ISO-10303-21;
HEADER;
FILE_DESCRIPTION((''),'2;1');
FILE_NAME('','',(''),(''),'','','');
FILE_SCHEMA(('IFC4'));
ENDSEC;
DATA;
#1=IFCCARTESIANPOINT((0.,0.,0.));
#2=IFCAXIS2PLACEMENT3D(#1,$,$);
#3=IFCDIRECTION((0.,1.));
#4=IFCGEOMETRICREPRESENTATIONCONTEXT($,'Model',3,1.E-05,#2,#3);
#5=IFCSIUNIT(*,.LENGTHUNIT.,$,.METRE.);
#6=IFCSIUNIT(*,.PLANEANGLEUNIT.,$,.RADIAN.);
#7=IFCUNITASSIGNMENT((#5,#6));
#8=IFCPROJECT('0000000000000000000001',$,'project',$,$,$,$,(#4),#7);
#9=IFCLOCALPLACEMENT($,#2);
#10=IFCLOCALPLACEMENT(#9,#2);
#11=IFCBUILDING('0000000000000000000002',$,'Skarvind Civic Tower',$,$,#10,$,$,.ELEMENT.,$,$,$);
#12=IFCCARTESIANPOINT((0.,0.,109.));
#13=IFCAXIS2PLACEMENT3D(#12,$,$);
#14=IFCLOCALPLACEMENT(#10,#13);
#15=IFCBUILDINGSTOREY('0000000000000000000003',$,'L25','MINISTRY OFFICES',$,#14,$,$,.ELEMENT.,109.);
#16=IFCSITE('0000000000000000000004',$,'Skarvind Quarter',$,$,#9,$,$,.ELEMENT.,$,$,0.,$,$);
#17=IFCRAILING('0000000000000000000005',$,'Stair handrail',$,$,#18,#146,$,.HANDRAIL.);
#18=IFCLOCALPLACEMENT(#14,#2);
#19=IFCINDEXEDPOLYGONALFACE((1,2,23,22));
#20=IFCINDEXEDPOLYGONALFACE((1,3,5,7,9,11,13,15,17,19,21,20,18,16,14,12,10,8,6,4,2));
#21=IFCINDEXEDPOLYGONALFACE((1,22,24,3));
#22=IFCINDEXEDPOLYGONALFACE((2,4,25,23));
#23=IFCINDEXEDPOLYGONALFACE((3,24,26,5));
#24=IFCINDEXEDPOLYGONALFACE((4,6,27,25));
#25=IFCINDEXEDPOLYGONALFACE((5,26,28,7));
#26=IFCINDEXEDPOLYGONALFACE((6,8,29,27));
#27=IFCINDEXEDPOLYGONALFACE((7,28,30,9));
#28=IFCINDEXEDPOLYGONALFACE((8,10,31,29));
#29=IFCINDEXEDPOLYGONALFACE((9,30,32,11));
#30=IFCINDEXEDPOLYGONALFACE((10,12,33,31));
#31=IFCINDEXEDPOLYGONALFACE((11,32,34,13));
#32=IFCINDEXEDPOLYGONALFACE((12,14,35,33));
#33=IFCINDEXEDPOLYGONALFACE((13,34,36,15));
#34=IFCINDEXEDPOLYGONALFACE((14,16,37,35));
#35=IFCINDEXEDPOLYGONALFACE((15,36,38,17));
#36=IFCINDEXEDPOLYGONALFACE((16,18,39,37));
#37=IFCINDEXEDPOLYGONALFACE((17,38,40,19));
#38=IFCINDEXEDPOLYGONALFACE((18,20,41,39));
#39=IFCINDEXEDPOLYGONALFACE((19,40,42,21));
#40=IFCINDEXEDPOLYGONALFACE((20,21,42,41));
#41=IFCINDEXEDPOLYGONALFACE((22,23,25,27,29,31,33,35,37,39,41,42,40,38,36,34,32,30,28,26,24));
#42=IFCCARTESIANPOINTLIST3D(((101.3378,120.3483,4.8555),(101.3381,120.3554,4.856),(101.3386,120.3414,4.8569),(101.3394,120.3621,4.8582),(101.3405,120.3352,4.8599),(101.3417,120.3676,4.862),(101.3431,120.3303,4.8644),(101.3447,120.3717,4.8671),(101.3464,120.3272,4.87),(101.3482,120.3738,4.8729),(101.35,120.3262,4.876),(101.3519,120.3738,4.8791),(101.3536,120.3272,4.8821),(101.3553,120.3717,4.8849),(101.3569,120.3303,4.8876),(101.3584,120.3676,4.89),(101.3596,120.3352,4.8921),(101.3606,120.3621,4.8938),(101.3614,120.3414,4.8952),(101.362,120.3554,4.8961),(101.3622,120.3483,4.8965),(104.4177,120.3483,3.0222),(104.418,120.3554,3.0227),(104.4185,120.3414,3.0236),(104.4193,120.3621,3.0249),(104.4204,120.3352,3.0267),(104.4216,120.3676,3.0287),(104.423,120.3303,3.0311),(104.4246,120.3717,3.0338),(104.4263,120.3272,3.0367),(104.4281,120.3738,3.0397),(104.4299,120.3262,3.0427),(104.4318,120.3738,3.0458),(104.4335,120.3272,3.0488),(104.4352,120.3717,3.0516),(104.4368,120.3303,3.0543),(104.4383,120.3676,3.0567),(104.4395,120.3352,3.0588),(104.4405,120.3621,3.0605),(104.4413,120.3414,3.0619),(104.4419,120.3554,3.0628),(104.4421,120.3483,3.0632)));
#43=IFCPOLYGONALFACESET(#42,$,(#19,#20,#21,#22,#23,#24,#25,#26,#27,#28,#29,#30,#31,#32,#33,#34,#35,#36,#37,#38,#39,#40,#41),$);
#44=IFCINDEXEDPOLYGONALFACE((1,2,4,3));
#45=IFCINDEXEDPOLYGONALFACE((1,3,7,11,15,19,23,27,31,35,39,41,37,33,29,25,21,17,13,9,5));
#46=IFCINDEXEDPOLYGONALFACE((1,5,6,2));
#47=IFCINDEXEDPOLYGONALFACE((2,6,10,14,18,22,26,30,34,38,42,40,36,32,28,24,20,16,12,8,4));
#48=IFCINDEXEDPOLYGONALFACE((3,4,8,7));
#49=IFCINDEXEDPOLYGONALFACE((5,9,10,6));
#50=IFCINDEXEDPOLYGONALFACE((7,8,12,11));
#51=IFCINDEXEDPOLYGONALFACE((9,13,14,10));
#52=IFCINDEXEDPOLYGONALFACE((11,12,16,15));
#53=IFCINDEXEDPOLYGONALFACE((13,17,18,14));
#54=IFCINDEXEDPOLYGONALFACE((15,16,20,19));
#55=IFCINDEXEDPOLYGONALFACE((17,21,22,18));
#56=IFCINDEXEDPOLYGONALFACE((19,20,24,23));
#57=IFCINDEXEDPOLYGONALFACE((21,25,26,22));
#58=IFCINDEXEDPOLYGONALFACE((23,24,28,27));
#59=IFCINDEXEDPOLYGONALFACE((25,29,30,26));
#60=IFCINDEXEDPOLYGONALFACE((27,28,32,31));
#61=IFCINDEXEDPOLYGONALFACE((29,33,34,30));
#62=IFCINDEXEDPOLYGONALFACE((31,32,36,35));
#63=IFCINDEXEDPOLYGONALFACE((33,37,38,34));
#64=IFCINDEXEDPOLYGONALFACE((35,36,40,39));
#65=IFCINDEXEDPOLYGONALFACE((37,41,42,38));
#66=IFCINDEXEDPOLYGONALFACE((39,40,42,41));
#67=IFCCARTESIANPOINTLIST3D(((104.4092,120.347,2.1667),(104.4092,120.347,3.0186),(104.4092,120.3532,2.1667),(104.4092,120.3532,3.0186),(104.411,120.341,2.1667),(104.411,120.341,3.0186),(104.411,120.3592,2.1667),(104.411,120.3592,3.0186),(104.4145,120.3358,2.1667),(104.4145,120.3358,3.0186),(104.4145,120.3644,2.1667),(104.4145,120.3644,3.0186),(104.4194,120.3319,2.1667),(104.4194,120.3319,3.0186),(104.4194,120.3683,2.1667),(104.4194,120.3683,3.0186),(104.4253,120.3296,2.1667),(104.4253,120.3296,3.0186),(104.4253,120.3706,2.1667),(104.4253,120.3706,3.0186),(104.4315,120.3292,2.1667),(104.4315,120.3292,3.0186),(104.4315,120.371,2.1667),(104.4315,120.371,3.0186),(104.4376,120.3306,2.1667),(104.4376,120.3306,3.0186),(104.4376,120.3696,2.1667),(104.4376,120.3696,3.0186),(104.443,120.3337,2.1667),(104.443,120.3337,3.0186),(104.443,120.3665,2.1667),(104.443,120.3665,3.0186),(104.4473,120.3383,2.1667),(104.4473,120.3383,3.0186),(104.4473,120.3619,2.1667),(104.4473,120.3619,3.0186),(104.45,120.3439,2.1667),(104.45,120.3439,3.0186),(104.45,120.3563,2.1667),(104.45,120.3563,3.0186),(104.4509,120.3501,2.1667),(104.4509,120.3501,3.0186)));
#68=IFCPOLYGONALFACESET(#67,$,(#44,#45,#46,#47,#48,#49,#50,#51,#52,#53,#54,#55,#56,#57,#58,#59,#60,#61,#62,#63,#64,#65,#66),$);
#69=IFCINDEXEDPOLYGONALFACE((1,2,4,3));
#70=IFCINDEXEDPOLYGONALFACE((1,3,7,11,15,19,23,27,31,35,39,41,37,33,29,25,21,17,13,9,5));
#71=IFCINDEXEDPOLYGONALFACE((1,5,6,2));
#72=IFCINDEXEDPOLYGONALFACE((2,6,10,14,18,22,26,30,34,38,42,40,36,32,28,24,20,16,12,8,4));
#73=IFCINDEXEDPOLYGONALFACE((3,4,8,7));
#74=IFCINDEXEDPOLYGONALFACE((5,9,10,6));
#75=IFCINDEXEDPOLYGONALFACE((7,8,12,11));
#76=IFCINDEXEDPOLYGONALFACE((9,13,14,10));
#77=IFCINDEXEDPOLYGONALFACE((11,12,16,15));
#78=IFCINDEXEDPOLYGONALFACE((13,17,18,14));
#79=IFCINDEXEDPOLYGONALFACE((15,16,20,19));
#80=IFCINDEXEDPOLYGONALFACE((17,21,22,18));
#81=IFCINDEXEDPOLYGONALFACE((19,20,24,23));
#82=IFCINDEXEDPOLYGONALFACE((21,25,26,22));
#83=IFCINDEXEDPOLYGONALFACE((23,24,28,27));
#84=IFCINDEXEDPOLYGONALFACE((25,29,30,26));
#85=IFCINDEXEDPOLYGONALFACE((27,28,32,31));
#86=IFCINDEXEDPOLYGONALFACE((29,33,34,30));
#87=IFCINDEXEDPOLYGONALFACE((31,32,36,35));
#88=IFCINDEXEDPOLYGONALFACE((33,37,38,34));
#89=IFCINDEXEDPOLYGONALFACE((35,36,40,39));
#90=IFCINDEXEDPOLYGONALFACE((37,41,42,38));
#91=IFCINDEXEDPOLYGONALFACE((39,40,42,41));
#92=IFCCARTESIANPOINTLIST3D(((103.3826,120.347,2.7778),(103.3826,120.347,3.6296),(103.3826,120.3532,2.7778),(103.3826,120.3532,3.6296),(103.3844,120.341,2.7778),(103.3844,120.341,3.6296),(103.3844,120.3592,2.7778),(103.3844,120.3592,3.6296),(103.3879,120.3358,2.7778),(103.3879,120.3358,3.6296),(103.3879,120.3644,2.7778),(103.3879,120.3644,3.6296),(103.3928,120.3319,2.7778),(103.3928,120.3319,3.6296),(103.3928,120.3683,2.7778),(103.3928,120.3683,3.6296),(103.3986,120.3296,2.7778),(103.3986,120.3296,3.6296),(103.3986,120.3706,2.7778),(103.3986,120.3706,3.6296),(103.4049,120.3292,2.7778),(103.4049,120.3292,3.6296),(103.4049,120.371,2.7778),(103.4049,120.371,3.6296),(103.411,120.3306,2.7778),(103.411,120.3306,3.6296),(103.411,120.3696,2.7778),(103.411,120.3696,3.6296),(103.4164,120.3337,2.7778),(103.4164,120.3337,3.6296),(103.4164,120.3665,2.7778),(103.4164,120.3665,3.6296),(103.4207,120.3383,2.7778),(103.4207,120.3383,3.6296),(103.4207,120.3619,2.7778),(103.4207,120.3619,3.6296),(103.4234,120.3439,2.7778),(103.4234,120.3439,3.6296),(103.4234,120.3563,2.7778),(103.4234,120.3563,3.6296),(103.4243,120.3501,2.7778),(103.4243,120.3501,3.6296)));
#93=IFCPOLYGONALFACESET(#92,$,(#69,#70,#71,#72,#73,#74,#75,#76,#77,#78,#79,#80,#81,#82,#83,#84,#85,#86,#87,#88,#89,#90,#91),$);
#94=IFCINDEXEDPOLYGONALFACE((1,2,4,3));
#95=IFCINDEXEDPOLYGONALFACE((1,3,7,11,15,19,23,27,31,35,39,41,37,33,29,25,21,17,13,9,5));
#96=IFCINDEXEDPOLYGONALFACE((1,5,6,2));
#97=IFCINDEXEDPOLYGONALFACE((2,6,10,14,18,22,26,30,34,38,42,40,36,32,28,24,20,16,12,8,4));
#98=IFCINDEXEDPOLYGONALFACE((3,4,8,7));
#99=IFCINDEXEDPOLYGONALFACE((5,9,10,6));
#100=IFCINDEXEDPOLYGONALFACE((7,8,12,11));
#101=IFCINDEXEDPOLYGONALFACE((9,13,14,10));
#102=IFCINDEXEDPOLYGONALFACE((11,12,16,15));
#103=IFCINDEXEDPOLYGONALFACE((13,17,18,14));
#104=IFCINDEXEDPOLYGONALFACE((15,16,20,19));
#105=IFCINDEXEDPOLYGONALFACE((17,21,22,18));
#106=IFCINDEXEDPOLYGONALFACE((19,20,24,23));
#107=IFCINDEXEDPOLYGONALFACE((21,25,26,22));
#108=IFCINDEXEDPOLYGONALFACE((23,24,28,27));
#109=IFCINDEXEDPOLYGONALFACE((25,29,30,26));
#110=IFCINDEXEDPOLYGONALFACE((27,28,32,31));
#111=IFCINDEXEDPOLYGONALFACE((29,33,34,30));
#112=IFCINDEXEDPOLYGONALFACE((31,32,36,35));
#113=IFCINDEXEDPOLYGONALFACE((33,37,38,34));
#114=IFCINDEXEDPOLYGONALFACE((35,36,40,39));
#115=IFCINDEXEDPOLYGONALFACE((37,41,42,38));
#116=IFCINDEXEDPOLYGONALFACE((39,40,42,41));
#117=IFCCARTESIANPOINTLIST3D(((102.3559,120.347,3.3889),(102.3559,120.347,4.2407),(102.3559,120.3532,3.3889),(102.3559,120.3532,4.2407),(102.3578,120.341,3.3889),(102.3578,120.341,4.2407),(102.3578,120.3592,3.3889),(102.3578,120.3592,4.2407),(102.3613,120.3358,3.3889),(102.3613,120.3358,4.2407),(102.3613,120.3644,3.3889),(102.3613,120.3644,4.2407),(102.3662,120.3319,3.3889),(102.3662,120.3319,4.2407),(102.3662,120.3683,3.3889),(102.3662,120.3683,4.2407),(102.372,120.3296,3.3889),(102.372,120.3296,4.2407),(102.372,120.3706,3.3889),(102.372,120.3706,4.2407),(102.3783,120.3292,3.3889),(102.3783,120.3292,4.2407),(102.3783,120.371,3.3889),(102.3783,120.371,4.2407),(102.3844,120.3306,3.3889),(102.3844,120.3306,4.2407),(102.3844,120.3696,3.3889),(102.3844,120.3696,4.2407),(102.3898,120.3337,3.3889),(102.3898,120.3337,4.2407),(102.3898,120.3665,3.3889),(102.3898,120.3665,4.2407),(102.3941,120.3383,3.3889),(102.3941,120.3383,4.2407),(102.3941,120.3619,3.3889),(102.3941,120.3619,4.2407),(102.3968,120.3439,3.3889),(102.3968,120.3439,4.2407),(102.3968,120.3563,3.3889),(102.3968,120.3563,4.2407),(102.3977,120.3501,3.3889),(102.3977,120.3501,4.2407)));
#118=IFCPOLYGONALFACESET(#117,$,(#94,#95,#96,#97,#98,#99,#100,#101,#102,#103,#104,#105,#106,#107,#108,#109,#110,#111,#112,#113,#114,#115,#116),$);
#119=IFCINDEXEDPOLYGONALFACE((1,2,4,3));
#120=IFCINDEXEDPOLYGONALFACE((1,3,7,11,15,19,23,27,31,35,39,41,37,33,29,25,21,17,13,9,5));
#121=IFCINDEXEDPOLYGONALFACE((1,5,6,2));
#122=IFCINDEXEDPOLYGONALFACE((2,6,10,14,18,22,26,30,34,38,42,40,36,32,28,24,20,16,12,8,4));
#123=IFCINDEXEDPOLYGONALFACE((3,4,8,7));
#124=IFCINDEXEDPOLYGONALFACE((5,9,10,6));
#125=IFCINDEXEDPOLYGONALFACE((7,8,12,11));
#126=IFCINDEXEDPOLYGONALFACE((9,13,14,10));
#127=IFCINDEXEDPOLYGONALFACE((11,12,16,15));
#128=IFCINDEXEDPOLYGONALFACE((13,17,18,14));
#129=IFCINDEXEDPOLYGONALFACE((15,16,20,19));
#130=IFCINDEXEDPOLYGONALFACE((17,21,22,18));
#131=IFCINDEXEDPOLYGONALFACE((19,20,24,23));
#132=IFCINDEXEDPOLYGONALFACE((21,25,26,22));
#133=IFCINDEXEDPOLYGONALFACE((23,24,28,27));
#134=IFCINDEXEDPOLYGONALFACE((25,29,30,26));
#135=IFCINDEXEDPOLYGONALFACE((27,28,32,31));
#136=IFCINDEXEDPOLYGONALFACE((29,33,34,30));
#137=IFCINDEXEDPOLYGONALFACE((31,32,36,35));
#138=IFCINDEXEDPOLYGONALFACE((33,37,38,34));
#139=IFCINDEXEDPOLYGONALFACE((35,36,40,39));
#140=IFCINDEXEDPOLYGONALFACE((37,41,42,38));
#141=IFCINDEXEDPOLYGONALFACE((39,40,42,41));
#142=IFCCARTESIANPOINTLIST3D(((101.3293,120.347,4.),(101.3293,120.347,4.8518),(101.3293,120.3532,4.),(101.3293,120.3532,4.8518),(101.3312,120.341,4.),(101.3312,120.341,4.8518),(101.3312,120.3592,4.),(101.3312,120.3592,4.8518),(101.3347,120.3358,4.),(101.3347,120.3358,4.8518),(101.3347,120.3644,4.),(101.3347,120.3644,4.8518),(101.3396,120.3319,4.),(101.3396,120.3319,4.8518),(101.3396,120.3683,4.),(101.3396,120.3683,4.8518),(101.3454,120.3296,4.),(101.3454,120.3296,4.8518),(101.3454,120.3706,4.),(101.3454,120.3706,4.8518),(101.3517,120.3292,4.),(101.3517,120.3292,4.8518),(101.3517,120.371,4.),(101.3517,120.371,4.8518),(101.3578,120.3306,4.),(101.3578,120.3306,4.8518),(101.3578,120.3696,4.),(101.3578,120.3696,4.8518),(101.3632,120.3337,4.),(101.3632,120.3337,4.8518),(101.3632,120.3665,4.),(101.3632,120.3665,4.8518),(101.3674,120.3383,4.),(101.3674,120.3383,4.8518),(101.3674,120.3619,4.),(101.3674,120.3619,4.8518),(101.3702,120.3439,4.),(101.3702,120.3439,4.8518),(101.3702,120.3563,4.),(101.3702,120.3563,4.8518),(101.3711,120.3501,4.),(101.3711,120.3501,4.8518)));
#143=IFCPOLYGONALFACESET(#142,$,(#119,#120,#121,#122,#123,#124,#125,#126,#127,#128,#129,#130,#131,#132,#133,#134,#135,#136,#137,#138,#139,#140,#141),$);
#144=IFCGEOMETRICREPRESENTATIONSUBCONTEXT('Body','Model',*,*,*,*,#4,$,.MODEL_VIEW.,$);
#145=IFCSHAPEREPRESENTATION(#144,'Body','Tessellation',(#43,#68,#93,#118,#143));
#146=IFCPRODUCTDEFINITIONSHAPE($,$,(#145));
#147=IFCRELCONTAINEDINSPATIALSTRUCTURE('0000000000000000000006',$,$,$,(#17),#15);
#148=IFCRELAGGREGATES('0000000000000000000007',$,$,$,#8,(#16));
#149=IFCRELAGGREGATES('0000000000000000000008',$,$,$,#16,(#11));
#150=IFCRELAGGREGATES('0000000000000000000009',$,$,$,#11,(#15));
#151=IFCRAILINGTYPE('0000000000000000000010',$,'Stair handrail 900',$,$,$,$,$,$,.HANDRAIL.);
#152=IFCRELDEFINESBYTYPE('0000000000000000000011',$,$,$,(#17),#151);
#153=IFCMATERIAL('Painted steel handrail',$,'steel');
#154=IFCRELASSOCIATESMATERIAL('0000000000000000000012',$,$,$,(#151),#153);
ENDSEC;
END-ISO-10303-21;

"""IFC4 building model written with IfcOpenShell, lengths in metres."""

from ifc_helpers import new_model, si_unit, direction, frame, origin, origin_2d, place, context, subcontext, project, spatial, circle, extrude, material, type_object, element, save


model = new_model("IFC4")

# Units and contexts
model_context = context("Model", 3, precision=1e-05, world=origin(), true_north=direction((0.0, 1.0)))
body_context = subcontext(model_context, "Body", "Model", "MODEL_VIEW")
ifc_project = project(units=[si_unit("LENGTHUNIT", "METRE"), si_unit("PLANEANGLEUNIT", "RADIAN")], contexts=[model_context])

# Site, building, storey
site_placement = place(None, origin())
site = spatial("IfcSite", under=ifc_project, at=site_placement, Name="Skarvind Quarter", CompositionType="ELEMENT", RefElevation=0.0)
building_placement = place(site_placement, origin())
building = spatial("IfcBuilding", under=site, at=building_placement, Name="Skarvind Civic Tower", CompositionType="ELEMENT")
storey_placement = place(building_placement, frame((0.0, 0.0, 109.0)))
storey = spatial("IfcBuildingStorey", under=building, at=storey_placement, Name="L25", Description="MINISTRY OFFICES", CompositionType="ELEMENT", Elevation=109.0)

# Railing
ifc_material_1 = material(Name="Painted steel handrail", Category="steel")
railing_type = type_object("IfcRailingType", Name="Stair handrail 900", PredefinedType="HANDRAIL", material=ifc_material_1)
railing_1_placement = place(storey_placement, frame((104.4299, 120.3501, 2.1667)))
element("IfcRailing", 1, at=railing_1_placement, inside=storey, type_object=railing_type, Name="Stair handrail", PredefinedType="HANDRAIL", context=body_context, shape_type="SweptSolid", body=[
    extrude(circle(Radius=0.0239, at=origin_2d()), frame((0.0, 0.0, 0.876), z_axis=(-0.859291, 0.0, 0.511487), x_axis=(0.0, -1.0, 0.0)), (0.0, 0.0, 1.0), 3.5842),
    extrude(circle(Radius=0.021, at=origin_2d()), origin(), (0.0, 0.0, 1.0), 0.8518),
    extrude(circle(Radius=0.021, at=origin_2d()), frame((-1.0266, 0.0, 0.6111)), (0.0, 0.0, 1.0), 0.8518),
    extrude(circle(Radius=0.021, at=origin_2d()), frame((-2.0532, 0.0, 1.2222)), (0.0, 0.0, 1.0), 0.8518),
    extrude(circle(Radius=0.021, at=origin_2d()), frame((-3.0798, 0.0, 1.8333)), (0.0, 0.0, 1.0), 0.8518),
])

save(model, "model.ifc")
